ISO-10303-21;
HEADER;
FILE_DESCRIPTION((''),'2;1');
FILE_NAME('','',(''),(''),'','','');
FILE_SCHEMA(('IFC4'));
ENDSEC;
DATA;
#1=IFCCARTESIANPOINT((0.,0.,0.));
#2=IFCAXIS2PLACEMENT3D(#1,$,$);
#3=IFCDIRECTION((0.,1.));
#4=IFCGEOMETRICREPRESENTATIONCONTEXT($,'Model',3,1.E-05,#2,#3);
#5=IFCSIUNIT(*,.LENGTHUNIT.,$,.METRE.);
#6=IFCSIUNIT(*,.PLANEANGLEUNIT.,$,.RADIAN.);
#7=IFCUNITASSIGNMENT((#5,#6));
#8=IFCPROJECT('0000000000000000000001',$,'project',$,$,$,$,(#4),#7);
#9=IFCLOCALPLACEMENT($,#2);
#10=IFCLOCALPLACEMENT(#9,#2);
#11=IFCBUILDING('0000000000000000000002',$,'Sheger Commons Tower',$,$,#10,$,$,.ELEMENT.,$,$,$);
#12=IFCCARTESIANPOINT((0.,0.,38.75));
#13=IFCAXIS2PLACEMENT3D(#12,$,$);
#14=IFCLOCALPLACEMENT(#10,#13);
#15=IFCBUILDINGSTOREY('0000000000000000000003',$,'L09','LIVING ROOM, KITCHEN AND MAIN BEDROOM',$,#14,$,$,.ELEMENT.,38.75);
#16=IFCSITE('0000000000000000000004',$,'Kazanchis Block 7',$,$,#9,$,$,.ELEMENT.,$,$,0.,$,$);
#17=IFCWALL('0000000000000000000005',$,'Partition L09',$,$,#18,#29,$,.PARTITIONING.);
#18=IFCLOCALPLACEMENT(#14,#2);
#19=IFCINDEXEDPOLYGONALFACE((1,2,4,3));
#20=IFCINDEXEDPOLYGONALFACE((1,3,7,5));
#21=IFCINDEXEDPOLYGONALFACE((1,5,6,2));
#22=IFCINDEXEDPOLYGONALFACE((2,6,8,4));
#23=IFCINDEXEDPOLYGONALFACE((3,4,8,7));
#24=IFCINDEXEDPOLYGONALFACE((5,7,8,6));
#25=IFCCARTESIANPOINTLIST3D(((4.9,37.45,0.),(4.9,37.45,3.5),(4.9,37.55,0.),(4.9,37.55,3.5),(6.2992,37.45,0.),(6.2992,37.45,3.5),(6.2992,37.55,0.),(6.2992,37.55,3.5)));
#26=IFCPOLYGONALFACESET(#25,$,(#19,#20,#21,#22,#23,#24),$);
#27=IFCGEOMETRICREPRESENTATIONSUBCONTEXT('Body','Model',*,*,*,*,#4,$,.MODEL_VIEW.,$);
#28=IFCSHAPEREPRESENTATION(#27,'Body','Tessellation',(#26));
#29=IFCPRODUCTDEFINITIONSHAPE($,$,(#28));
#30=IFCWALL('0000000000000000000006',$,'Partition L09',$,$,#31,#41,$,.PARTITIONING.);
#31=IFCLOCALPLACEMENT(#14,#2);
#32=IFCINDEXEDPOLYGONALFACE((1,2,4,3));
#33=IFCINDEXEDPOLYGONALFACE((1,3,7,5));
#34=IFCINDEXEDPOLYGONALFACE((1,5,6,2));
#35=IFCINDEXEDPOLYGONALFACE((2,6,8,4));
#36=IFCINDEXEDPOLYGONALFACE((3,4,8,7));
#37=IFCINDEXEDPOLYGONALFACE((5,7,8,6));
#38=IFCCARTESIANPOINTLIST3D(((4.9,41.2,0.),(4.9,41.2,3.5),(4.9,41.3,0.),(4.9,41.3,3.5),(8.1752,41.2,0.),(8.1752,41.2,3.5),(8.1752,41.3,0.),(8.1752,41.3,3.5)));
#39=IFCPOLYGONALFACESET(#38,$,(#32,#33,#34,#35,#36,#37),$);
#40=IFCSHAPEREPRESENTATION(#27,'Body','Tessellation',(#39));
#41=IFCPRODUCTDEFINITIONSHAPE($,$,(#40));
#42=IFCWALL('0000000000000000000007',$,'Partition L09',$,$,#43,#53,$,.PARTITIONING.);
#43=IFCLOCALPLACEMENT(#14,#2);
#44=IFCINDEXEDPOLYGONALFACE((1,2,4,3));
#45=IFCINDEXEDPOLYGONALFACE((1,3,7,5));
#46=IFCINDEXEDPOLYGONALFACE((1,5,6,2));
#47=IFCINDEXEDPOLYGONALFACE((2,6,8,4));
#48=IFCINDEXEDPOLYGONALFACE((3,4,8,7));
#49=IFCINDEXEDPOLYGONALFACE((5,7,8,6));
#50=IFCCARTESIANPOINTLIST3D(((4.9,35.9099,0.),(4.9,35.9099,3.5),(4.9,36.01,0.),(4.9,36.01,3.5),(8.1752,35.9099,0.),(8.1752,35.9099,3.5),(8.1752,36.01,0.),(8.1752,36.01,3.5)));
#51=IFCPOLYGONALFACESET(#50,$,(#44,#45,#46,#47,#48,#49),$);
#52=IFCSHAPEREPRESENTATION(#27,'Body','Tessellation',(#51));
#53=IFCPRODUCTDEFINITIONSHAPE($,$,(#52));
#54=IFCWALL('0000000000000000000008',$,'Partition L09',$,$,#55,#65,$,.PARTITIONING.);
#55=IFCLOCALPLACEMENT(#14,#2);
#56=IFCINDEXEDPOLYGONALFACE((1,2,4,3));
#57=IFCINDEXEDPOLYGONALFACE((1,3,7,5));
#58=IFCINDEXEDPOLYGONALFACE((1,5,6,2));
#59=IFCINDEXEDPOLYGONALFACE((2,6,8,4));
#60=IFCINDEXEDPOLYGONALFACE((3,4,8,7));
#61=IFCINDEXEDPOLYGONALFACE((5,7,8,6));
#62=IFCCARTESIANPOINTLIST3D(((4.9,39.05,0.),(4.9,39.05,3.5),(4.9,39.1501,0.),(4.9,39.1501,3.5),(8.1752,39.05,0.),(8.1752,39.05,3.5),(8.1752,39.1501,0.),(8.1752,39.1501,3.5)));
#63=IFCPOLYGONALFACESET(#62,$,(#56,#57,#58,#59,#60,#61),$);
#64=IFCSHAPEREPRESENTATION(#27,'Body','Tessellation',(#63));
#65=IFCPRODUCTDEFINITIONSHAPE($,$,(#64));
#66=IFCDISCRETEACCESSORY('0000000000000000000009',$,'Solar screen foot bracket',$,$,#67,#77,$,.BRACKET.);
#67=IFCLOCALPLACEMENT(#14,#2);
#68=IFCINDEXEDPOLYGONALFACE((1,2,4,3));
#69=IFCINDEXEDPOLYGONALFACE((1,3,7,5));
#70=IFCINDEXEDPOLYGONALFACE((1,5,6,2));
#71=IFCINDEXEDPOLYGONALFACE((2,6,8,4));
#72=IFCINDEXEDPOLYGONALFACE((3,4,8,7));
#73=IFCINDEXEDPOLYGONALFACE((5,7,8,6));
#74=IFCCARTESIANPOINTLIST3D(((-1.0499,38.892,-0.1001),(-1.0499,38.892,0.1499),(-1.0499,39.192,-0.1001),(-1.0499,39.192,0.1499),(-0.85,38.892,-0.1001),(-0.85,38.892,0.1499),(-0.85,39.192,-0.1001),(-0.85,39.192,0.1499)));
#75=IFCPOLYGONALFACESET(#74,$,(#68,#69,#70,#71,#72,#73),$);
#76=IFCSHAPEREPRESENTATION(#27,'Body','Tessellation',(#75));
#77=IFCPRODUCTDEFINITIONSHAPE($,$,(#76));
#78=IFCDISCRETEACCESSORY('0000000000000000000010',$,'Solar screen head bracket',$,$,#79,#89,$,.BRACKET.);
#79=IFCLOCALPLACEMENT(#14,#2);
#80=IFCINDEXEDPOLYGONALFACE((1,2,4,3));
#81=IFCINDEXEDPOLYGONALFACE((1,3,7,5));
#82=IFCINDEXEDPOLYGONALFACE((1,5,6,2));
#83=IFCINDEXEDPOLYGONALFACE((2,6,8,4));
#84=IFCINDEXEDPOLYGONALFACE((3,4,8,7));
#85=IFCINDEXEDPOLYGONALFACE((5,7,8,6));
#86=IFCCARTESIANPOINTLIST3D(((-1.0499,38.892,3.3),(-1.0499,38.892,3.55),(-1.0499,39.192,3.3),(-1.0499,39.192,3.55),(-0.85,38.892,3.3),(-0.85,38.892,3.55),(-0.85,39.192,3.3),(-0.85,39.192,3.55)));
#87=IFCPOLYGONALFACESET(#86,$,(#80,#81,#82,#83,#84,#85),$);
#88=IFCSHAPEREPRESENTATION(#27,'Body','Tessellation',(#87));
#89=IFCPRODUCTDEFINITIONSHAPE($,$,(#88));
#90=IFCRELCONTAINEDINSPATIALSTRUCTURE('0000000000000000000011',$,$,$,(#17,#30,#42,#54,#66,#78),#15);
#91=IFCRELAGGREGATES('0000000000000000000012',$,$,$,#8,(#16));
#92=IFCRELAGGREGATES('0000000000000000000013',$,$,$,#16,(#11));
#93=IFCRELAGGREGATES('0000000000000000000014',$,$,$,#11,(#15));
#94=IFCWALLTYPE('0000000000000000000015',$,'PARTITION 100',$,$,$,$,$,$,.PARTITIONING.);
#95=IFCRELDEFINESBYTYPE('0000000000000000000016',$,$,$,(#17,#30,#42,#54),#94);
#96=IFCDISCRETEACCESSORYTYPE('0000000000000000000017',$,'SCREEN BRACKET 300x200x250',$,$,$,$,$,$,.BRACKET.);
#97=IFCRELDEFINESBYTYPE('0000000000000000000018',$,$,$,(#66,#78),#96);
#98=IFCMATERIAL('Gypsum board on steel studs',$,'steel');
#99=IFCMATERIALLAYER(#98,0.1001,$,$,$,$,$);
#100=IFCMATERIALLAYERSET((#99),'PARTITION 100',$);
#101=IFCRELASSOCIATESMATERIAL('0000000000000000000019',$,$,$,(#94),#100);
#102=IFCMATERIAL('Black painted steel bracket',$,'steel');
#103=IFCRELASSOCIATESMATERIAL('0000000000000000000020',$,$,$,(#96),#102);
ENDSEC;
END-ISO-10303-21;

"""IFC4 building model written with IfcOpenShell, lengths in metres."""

from ifc_helpers import new_model, si_unit, direction, frame, frame_2d, origin, origin_2d, place, context, subcontext, project, spatial, rectangle, extrude, material, layer, layer_set, type_object, element, save


model = new_model("IFC4")

# Units and contexts
model_context = context("Model", 3, precision=1e-05, world=origin(), true_north=direction((0.0, 1.0)))
body_context = subcontext(model_context, "Body", "Model", "MODEL_VIEW")
ifc_project = project(units=[si_unit("LENGTHUNIT", "METRE"), si_unit("PLANEANGLEUNIT", "RADIAN")], contexts=[model_context])

# Site, building, storey
site_placement = place(None, origin())
site = spatial("IfcSite", under=ifc_project, at=site_placement, Name="Kazanchis Block 7", CompositionType="ELEMENT", RefElevation=0.0)
building_placement = place(site_placement, origin())
building = spatial("IfcBuilding", under=site, at=building_placement, Name="Sheger Commons Tower", CompositionType="ELEMENT")
storey_placement = place(building_placement, frame((0.0, 0.0, 38.75)))
storey = spatial("IfcBuildingStorey", under=building, at=storey_placement, Name="L09", Description="LIVING ROOM, KITCHEN AND MAIN BEDROOM", CompositionType="ELEMENT", Elevation=38.75)

# Shared definitions
ifc_material_1 = material(Name="Gypsum board on steel studs", Category="steel")
ifc_layer_1 = layer(ifc_material_1, 0.1001)
ifc_layer_set_1 = layer_set([ifc_layer_1], Name="PARTITION 100")
wall_type = type_object("IfcWallType", Name="PARTITION 100", PredefinedType="PARTITIONING", material=ifc_layer_set_1)

# Walls
wall_1_placement = place(storey_placement, frame((4.8999, 37.5, 0.0), z_axis=(0.0, 0.0, 1.0), x_axis=(1.0, 0.0, 0.0)))
element("IfcWall", 1, at=wall_1_placement, inside=storey, type_object=wall_type, Name="Partition L09", PredefinedType="PARTITIONING", context=body_context, shape_type="SweptSolid", body=[
    extrude(rectangle(XDim=1.3992, YDim=0.1001, at=frame_2d((0.6997, 0.0))), origin(), (0.0, 0.0, 1.0), 3.5),
])
for number, where, z_axis, x_axis, name in (
    (2, (4.8999, 41.25, 0.0), (0.0, 0.0, 1.0), (1.0, 0.0, 0.0), "Partition L09"),
    (3, (4.8999, 35.96, 0.0), (0.0, 0.0, 1.0), (1.0, 0.0, 0.0), "Partition L09"),
    (4, (4.8999, 39.1001, 0.0), (0.0, 0.0, 1.0), (1.0, 0.0, 0.0), "Partition L09"),
):
    element("IfcWall", number, at=place(storey_placement, frame(where, z_axis=z_axis, x_axis=x_axis)), inside=storey, type_object=wall_type, Name=name, PredefinedType="PARTITIONING", context=body_context, shape_type="SweptSolid", body=[
        extrude(rectangle(XDim=3.2751, YDim=0.1001, at=frame_2d((1.6377, 0.0))), origin(), (0.0, 0.0, 1.0), 3.5),
    ])

# Discrete accessories
ifc_material_2 = material(Name="Black painted steel bracket", Category="steel")
discrete_accessory_type = type_object("IfcDiscreteAccessoryType", Name="SCREEN BRACKET 300x200x250", PredefinedType="BRACKET", material=ifc_material_2)
for number, where, z_axis, x_axis, name in (
    (5, (-0.95, 39.042, -0.1001), (0.0, 0.0, 1.0), (0.0, -1.0, 0.0), "Solar screen foot bracket"),
    (6, (-0.95, 39.042, 3.3), (0.0, 0.0, 1.0), (0.0, -1.0, 0.0), "Solar screen head bracket"),
):
    element("IfcDiscreteAccessory", number, at=place(storey_placement, frame(where, z_axis=z_axis, x_axis=x_axis)), inside=storey, type_object=discrete_accessory_type, Name=name, PredefinedType="BRACKET", context=body_context, shape_type="SweptSolid", body=[
        extrude(rectangle(XDim=0.3, YDim=0.2, at=origin_2d()), origin(), (0.0, 0.0, 1.0), 0.25),
    ])

save(model, "model.ifc")
